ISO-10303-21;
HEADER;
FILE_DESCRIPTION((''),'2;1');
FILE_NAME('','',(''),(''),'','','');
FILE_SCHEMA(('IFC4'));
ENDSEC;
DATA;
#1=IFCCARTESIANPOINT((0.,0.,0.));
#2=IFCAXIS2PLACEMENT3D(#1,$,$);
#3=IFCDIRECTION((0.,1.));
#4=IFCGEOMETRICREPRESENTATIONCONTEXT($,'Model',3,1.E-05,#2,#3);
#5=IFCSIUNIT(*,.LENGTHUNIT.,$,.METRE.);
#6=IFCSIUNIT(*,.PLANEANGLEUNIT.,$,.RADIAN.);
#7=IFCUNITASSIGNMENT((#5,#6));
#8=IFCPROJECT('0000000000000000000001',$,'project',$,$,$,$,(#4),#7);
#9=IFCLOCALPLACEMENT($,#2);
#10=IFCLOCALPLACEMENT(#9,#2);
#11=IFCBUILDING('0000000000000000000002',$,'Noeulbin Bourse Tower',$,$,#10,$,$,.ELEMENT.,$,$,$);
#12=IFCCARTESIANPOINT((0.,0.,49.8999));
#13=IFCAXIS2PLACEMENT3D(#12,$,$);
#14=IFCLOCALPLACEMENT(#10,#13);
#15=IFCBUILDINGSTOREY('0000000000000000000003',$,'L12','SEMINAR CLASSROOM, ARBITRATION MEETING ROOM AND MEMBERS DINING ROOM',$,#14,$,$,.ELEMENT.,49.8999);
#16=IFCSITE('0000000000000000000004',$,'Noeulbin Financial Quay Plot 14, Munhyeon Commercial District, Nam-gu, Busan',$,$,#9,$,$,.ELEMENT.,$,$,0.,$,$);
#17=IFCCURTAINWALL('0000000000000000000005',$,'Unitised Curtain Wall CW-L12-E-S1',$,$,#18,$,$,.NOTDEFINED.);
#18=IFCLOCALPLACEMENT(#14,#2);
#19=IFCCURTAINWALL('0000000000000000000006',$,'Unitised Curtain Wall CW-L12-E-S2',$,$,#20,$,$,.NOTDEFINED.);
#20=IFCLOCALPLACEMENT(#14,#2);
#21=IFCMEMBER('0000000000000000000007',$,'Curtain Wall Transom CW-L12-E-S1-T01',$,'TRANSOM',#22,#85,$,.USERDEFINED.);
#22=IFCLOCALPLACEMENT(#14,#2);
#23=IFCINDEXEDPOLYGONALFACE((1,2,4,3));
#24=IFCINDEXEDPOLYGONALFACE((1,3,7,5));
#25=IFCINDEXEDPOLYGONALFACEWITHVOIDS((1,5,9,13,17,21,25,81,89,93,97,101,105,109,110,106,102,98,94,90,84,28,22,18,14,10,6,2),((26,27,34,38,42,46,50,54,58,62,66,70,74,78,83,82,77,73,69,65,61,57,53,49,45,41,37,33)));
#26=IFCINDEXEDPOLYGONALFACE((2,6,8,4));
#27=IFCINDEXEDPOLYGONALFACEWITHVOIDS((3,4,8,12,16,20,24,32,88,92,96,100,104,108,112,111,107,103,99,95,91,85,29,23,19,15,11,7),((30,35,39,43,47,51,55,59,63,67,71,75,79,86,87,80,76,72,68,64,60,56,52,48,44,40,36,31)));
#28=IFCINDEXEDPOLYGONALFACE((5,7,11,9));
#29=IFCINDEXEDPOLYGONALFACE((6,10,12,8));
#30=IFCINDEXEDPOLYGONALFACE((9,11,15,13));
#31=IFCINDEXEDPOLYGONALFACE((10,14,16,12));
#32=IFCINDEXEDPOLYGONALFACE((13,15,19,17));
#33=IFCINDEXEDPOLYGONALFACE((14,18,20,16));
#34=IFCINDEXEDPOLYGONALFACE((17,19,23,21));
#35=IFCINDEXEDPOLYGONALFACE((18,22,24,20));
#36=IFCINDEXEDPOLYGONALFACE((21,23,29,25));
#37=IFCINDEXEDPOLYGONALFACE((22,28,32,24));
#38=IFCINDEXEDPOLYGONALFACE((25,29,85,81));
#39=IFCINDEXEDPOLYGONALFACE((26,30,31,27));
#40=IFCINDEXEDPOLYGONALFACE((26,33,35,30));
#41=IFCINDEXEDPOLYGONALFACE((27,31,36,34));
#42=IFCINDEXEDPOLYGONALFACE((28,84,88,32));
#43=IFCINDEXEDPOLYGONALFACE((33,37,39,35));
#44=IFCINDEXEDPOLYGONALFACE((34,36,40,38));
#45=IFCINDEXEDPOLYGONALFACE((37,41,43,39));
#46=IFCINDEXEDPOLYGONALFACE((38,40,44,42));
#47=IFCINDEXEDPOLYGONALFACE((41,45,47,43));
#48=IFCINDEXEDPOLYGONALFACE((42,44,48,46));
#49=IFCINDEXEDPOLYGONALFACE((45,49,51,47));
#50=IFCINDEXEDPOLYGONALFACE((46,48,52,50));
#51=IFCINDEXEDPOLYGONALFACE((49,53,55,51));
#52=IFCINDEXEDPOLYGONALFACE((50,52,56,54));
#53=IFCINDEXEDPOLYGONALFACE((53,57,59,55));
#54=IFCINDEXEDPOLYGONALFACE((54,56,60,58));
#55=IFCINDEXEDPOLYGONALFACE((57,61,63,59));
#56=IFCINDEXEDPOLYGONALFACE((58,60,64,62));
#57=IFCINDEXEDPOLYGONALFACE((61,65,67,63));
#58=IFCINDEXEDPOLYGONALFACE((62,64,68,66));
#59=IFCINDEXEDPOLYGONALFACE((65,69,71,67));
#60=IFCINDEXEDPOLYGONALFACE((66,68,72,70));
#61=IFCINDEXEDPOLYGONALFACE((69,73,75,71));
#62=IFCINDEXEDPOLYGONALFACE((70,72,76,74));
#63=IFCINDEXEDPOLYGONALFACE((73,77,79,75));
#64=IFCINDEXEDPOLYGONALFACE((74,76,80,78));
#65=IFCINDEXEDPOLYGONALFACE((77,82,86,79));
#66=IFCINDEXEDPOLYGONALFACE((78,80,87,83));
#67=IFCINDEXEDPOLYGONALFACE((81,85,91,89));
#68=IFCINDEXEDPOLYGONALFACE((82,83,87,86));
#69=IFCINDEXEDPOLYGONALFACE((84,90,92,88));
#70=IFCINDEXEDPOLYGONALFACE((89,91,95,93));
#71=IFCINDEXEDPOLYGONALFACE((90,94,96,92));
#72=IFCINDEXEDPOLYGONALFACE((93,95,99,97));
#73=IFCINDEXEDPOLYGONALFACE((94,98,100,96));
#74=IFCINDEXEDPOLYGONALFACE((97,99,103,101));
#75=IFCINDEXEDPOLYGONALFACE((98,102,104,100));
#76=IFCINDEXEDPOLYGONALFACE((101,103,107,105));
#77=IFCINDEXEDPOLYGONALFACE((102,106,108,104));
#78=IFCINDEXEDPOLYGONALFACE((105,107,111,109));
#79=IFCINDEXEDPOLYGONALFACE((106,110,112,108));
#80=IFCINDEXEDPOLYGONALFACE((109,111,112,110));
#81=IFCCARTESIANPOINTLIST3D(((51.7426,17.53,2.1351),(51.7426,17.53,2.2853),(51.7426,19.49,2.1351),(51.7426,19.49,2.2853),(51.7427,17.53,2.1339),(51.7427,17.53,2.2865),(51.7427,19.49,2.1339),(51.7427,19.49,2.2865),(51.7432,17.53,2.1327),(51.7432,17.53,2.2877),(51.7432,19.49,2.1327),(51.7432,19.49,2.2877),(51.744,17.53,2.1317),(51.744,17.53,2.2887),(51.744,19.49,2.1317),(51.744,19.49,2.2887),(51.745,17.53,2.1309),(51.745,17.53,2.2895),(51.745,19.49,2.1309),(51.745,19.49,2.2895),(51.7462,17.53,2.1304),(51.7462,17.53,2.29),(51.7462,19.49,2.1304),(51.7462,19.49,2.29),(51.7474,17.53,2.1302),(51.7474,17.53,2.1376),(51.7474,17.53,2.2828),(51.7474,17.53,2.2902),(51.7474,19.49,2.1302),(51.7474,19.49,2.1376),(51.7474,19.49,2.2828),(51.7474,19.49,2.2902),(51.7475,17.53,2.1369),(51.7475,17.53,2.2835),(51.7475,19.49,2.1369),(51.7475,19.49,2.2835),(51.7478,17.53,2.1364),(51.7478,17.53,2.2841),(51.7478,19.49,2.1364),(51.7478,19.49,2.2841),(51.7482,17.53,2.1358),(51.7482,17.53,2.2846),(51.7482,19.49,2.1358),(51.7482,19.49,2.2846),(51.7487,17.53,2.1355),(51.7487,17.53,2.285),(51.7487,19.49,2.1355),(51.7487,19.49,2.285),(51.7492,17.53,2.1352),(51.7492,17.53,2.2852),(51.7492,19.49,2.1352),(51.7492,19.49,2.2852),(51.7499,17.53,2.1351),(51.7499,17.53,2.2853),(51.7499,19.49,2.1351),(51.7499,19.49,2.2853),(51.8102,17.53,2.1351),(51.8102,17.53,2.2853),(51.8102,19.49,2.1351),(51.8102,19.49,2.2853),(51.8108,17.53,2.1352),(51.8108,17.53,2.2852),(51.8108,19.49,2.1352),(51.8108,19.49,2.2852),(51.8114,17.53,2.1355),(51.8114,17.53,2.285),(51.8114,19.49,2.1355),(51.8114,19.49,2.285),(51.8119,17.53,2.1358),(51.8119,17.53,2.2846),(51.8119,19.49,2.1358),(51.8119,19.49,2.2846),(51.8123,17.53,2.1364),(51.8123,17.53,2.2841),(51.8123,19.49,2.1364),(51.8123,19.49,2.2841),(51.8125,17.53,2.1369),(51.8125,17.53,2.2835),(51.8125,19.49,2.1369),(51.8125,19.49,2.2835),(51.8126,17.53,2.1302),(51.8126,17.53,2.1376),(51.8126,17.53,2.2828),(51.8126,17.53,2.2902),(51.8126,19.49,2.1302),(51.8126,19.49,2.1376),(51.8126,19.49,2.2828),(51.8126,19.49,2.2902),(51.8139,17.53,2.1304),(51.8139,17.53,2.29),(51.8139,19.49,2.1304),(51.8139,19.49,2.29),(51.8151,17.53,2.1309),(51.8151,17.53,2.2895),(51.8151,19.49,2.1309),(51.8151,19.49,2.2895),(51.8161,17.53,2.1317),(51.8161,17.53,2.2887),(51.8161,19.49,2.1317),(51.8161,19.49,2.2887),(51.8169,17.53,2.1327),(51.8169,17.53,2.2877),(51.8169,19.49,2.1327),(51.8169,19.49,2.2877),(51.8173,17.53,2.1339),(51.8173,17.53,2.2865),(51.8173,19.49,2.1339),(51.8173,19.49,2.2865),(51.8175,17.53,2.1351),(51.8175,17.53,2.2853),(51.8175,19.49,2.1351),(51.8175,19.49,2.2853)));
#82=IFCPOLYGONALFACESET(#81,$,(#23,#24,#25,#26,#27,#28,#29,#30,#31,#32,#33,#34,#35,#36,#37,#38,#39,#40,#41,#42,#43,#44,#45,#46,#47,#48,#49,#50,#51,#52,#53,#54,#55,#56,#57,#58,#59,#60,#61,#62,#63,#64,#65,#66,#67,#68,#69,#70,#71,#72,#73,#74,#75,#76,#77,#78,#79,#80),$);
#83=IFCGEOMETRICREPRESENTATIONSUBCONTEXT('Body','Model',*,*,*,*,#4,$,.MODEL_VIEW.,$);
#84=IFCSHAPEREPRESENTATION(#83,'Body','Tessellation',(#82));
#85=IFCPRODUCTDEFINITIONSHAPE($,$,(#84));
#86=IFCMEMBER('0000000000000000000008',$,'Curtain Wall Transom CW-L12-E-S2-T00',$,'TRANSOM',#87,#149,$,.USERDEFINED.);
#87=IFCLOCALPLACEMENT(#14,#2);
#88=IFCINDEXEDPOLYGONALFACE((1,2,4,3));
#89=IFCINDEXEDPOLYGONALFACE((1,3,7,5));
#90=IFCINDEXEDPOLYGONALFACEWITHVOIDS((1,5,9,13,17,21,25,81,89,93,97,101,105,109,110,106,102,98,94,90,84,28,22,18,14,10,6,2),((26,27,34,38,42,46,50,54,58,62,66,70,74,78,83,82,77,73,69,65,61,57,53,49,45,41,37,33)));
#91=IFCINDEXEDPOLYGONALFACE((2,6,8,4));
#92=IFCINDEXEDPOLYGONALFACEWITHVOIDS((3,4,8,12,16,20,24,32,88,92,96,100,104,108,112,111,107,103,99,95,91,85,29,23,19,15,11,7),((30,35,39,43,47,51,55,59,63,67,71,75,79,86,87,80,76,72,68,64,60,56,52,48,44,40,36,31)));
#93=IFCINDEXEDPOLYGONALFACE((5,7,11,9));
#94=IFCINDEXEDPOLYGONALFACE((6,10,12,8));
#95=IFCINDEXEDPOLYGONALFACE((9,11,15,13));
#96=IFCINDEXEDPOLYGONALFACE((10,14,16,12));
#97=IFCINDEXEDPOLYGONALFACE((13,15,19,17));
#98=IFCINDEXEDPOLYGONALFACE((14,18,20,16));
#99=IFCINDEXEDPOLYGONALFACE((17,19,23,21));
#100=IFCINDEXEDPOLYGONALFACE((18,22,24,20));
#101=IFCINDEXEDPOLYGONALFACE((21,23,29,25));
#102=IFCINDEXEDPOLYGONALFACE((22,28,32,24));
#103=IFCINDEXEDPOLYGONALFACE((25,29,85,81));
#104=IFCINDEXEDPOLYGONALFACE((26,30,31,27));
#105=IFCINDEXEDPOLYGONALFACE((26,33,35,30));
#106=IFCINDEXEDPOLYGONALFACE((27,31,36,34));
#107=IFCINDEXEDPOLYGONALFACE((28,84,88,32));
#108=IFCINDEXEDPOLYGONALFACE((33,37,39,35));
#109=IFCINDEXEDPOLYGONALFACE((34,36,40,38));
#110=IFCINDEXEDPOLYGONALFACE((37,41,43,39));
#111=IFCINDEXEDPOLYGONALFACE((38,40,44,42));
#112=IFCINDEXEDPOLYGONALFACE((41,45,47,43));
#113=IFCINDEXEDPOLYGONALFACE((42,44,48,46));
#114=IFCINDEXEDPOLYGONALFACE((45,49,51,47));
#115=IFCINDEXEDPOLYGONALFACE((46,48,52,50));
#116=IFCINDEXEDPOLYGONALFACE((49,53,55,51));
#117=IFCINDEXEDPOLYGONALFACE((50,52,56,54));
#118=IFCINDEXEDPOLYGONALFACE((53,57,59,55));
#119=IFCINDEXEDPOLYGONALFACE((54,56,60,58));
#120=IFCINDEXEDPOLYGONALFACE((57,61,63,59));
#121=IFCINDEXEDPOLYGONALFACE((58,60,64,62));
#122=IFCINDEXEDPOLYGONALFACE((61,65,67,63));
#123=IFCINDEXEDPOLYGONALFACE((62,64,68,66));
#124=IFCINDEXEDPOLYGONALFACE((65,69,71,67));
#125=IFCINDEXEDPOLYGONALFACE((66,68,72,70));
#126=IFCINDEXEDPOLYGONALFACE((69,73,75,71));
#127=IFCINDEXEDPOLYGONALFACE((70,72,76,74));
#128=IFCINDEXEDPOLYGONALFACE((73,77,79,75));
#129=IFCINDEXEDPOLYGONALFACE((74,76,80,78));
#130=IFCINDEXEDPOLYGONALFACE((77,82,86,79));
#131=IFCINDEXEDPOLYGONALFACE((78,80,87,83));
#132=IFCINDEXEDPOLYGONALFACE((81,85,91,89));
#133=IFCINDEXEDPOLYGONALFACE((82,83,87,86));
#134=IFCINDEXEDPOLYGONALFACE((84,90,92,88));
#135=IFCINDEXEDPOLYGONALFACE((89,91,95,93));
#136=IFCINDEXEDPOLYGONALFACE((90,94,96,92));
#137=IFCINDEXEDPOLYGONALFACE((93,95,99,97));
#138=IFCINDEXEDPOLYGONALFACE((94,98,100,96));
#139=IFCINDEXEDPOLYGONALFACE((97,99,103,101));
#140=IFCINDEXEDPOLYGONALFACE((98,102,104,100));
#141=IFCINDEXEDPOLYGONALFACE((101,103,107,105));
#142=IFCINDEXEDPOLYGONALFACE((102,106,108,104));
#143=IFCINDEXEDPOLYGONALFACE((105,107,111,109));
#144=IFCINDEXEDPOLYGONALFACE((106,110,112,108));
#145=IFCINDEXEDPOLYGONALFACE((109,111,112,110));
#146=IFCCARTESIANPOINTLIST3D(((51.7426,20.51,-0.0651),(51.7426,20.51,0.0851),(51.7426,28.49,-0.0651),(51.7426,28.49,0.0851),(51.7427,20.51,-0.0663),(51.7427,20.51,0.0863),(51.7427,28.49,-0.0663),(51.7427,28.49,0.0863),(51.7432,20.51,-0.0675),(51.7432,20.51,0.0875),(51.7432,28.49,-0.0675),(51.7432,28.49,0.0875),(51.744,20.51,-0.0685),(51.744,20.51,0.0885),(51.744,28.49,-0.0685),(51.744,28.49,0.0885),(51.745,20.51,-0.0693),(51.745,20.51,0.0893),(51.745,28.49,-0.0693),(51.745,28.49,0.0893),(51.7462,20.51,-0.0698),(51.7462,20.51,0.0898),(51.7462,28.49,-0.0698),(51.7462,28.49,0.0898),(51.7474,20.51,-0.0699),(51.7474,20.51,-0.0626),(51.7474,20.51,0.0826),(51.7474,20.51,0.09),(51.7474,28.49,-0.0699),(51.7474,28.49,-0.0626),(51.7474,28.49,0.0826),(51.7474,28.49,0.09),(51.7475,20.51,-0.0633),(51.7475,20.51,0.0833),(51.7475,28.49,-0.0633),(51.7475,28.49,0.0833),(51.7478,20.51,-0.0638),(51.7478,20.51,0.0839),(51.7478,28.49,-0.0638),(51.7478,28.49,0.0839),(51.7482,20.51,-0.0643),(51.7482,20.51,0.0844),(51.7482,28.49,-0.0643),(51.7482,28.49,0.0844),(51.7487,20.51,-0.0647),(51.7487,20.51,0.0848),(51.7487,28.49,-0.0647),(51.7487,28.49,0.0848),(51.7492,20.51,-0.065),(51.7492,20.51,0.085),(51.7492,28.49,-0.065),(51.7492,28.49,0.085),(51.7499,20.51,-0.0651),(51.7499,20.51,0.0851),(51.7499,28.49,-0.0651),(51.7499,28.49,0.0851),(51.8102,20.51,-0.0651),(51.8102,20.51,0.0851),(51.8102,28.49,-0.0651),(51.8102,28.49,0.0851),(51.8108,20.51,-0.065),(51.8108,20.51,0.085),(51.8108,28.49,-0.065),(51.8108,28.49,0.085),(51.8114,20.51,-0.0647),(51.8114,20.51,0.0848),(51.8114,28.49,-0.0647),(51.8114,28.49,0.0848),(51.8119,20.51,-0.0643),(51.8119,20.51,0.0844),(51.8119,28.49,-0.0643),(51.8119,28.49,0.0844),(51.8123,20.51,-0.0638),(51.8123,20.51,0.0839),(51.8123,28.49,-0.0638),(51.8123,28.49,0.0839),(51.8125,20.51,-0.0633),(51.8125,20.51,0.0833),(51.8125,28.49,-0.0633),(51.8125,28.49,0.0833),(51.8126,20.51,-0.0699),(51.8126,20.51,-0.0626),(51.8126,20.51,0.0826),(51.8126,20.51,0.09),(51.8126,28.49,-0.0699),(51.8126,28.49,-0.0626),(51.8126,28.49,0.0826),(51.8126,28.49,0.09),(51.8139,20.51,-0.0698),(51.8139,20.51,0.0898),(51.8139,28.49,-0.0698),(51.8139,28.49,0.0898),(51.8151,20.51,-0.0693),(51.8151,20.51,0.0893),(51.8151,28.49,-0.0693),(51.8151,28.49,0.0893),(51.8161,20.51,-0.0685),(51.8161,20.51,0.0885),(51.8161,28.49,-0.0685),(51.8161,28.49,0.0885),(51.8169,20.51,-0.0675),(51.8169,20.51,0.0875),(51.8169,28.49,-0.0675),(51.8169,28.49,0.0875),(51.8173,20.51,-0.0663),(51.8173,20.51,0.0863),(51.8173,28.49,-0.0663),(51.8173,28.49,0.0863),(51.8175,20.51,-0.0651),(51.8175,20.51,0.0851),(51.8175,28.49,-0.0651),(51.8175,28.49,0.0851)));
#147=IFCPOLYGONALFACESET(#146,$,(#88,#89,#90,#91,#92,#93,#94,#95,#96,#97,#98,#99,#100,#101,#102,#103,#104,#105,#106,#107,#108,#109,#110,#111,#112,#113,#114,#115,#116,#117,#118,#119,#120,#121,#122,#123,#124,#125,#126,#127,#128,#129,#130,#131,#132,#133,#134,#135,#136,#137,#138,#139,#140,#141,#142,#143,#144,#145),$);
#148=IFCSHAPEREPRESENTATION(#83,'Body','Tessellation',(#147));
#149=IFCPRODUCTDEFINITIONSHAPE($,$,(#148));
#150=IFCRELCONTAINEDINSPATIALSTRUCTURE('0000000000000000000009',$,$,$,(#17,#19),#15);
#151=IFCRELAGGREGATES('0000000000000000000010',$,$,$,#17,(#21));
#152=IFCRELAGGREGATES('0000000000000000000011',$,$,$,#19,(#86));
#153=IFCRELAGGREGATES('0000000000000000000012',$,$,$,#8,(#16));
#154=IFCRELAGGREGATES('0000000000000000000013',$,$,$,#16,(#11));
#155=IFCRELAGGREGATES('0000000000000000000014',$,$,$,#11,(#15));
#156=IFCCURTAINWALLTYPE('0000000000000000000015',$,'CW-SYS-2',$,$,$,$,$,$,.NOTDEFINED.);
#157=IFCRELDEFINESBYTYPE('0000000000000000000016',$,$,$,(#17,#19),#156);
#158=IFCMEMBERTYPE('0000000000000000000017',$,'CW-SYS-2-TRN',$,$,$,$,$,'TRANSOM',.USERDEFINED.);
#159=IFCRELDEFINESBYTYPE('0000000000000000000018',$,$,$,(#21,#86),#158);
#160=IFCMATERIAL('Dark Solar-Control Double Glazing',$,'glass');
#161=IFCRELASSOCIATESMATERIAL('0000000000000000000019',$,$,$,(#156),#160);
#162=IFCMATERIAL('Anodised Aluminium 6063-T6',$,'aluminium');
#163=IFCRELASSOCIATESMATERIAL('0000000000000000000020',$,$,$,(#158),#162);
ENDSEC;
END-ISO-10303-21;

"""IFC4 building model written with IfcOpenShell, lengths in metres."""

from ifc_helpers import new_model, si_unit, direction, frame, origin, origin_2d, place, context, subcontext, project, spatial, hollow_rectangle, extrude, material, material_profile, profile_set, type_object, element, aggregate, save


model = new_model("IFC4")

# Units and contexts
model_context = context("Model", 3, precision=1e-05, world=origin(), true_north=direction((0.0, 1.0)))
body_context = subcontext(model_context, "Body", "Model", "MODEL_VIEW")
ifc_project = project(units=[si_unit("LENGTHUNIT", "METRE"), si_unit("PLANEANGLEUNIT", "RADIAN")], contexts=[model_context])

# Site, building, storey
site_placement = place(None, origin())
site = spatial("IfcSite", under=ifc_project, at=site_placement, Name="Noeulbin Financial Quay Plot 14, Munhyeon Commercial District, Nam-gu, Busan", CompositionType="ELEMENT", RefElevation=0.0)
building_placement = place(site_placement, origin())
building = spatial("IfcBuilding", under=site, at=building_placement, Name="Noeulbin Bourse Tower", CompositionType="ELEMENT")
storey_placement = place(building_placement, frame((0.0, 0.0, 49.8999)))
storey = spatial("IfcBuildingStorey", under=building, at=storey_placement, Name="L12", Description="SEMINAR CLASSROOM, ARBITRATION MEETING ROOM AND MEMBERS DINING ROOM", CompositionType="ELEMENT", Elevation=49.8999)

# Shared definitions
ifc_material_1 = material(Name="Dark Solar-Control Double Glazing", Category="glass")
curtain_wall_type = type_object("IfcCurtainWallType", Name="CW-SYS-2", PredefinedType="NOTDEFINED", material=ifc_material_1)
ifc_material_2 = material(Name="Anodised Aluminium 6063-T6", Category="aluminium")

# Curtain walls
curtain_wall_1_placement = place(storey_placement, origin())
curtain_wall_1 = element("IfcCurtainWall", 1, at=curtain_wall_1_placement, inside=storey, type_object=curtain_wall_type, Name="Unitised Curtain Wall CW-L12-E-S1", PredefinedType="NOTDEFINED")
curtain_wall_2_placement = place(storey_placement, origin())
curtain_wall_2 = element("IfcCurtainWall", 2, at=curtain_wall_2_placement, inside=storey, type_object=curtain_wall_type, Name="Unitised Curtain Wall CW-L12-E-S2", PredefinedType="NOTDEFINED")

# Members
ifc_material_profile_1 = material_profile(ifc_material_2, hollow_rectangle(XDim=0.075, YDim=0.1599, WallThickness=0.0049, InnerFilletRadius=0.0024, OuterFilletRadius=0.0049, at=origin_2d()), Name="ALU-TRAN-75x160x5", Category="LoadBearing")
ifc_profile_set_1 = profile_set([ifc_material_profile_1], Name="Anodised Aluminium 6063-T6")
member_type_1 = type_object("IfcMemberType", Name="CW-SYS-2-TRN", ElementType="TRANSOM", PredefinedType="USERDEFINED", material=ifc_profile_set_1)
member_1_placement = place(storey_placement, frame((51.78, 17.53, 2.2102), z_axis=(0.0, 1.0, 0.0), x_axis=(-1.0, 0.0, 0.0)))
member_1 = element("IfcMember", 3, at=member_1_placement, type_object=member_type_1, Name="Curtain Wall Transom CW-L12-E-S1-T01", ObjectType="TRANSOM", PredefinedType="USERDEFINED", context=body_context, shape_type="SweptSolid", body=[
    extrude(hollow_rectangle(XDim=0.075, YDim=0.1599, WallThickness=0.0049, InnerFilletRadius=0.0024, OuterFilletRadius=0.0049, at=origin_2d()), origin(), (0.0, 0.0, 1.0), 1.96),
])
member_2_placement = place(storey_placement, frame((51.78, 20.51, 0.01), z_axis=(0.0, 1.0, 0.0), x_axis=(-1.0, 0.0, 0.0)))
member_2 = element("IfcMember", 4, at=member_2_placement, type_object=member_type_1, Name="Curtain Wall Transom CW-L12-E-S2-T00", ObjectType="TRANSOM", PredefinedType="USERDEFINED", context=body_context, shape_type="SweptSolid", body=[
    extrude(hollow_rectangle(XDim=0.075, YDim=0.1599, WallThickness=0.0049, InnerFilletRadius=0.0024, OuterFilletRadius=0.0049, at=origin_2d()), origin(), (0.0, 0.0, 1.0), 7.98),
])

aggregate(curtain_wall_1, [member_1])
aggregate(curtain_wall_2, [member_2])

save(model, "model.ifc")
